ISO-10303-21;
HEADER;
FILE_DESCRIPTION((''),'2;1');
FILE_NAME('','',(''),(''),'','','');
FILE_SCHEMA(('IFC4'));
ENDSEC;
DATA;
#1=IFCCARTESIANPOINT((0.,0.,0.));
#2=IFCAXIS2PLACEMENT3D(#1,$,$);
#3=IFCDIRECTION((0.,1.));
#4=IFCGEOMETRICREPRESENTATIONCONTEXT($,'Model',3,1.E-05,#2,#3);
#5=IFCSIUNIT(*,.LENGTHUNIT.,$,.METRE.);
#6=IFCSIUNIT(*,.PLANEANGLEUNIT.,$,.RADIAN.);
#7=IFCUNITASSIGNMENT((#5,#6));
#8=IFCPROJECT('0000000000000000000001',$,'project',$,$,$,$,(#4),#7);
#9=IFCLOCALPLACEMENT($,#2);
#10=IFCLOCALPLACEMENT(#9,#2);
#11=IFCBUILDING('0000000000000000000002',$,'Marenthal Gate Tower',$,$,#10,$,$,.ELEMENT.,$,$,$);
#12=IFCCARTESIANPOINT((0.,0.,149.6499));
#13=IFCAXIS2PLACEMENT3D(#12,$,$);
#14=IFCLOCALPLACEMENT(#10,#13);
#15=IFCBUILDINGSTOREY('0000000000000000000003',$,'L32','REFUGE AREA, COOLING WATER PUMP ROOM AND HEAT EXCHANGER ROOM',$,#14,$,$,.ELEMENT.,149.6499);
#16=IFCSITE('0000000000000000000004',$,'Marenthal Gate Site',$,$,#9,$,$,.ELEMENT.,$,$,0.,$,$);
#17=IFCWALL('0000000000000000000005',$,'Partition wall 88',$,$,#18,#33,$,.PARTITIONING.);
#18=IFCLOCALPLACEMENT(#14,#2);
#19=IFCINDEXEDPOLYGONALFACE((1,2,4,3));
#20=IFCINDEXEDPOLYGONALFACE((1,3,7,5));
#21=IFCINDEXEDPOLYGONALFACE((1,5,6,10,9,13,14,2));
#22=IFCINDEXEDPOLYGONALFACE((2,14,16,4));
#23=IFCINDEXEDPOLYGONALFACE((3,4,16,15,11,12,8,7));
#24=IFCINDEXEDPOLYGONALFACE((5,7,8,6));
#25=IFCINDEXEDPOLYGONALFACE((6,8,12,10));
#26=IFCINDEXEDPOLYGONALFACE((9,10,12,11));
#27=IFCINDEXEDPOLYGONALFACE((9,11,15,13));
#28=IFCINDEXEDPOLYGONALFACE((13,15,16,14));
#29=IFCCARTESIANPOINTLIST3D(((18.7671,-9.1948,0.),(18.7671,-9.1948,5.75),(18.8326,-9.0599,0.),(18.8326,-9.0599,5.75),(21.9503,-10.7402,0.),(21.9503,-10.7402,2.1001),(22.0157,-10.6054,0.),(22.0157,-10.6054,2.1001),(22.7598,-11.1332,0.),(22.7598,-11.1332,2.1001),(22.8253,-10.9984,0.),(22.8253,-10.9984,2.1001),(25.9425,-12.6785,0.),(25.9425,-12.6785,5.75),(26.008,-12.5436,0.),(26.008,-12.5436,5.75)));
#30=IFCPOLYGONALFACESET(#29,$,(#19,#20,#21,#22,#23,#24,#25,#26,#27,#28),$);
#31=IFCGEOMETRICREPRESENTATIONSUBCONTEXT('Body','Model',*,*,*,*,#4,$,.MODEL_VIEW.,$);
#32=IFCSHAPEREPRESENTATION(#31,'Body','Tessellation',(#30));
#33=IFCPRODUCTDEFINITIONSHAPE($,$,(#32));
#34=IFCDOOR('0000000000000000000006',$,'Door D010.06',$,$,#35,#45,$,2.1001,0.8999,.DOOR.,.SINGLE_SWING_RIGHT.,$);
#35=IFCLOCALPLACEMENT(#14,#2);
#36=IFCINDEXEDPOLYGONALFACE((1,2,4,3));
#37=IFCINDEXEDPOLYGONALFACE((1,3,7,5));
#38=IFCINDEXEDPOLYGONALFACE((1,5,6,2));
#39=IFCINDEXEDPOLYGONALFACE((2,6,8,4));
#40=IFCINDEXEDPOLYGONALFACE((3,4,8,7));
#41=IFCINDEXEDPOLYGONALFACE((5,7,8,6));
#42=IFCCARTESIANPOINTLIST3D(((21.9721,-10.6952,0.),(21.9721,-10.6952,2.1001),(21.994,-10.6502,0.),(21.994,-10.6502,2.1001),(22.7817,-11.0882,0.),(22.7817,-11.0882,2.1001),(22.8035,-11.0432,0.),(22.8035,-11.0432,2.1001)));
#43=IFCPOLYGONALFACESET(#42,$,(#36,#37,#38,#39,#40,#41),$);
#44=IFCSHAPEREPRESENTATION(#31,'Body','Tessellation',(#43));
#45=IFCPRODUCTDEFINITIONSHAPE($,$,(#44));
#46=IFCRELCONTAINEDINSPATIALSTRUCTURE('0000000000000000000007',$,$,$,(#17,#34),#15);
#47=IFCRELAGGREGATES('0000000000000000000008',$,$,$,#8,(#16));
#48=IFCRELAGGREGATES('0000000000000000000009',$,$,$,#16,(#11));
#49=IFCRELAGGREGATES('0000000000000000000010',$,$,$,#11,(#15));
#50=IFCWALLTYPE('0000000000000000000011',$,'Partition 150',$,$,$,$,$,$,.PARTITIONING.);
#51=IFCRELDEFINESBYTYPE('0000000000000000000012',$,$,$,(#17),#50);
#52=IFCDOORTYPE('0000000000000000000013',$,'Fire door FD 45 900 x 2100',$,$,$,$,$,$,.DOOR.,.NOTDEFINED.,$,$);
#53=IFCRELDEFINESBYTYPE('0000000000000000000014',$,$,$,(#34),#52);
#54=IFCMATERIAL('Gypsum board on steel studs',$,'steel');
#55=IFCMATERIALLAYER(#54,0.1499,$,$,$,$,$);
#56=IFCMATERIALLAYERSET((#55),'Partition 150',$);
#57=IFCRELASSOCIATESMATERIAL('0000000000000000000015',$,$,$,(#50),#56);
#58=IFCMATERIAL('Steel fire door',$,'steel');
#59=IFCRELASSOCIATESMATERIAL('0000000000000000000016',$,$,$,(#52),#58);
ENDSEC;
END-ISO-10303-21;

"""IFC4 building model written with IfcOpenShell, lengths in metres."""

from ifc_helpers import new_model, si_unit, direction, frame, frame_2d, origin, place, context, subcontext, project, spatial, rectangle, extrude, material, layer, layer_set, type_object, element, fill, save


model = new_model("IFC4")

# Units and contexts
model_context = context("Model", 3, precision=1e-05, world=origin(), true_north=direction((0.0, 1.0)))
body_context = subcontext(model_context, "Body", "Model", "MODEL_VIEW")
ifc_project = project(units=[si_unit("LENGTHUNIT", "METRE"), si_unit("PLANEANGLEUNIT", "RADIAN")], contexts=[model_context])

# Site, building, storey
site_placement = place(None, origin())
site = spatial("IfcSite", under=ifc_project, at=site_placement, Name="Marenthal Gate Site", CompositionType="ELEMENT", RefElevation=0.0)
building_placement = place(site_placement, origin())
building = spatial("IfcBuilding", under=site, at=building_placement, Name="Marenthal Gate Tower", CompositionType="ELEMENT")
storey_placement = place(building_placement, frame((0.0, 0.0, 149.6499)))
storey = spatial("IfcBuildingStorey", under=building, at=storey_placement, Name="L32", Description="REFUGE AREA, COOLING WATER PUMP ROOM AND HEAT EXCHANGER ROOM", CompositionType="ELEMENT", Elevation=149.6499)

# Shared definitions
ifc_material_1 = material(Name="Gypsum board on steel studs", Category="steel")
ifc_layer_1 = layer(ifc_material_1, 0.1499)
ifc_layer_set_1 = layer_set([ifc_layer_1], Name="Partition 150")
wall_type_1 = type_object("IfcWallType", Name="Partition 150", PredefinedType="PARTITIONING", material=ifc_layer_set_1)

# Wall, opening, door
wall_1_placement = place(storey_placement, frame((25.9753, -12.6111, 0.0), z_axis=(0.0, 0.0, 1.0), x_axis=(-0.899582, 0.436752, 0.0)))
wall_1 = element("IfcWall", 1, at=wall_1_placement, inside=storey, type_object=wall_type_1, Name="Partition wall 88", PredefinedType="PARTITIONING", context=body_context, shape_type="SweptSolid", body=[
    extrude(rectangle(XDim=7.9763, YDim=0.1499, at=frame_2d((3.9883, 0.0))), origin(), (0.0, 0.0, 1.0), 5.75),
])
opening_1_placement = place(wall_1_placement, frame((3.5381, 0.0, 0.0)))
opening_1 = element("IfcOpeningElement", 2, at=opening_1_placement, cuts=wall_1, PredefinedType="OPENING", context=body_context, shape_type="SweptSolid", body=[
    extrude(rectangle(XDim=0.8999, YDim=2.1001, at=frame_2d((0.45, 1.05))), frame((0.0, 0.085, 0.0), z_axis=(0.0, -1.0, 0.0), x_axis=(1.0, 0.0, 0.0)), (0.0, 0.0, 1.0), 0.1699),
])
ifc_material_2 = material(Name="Steel fire door", Category="steel")
door_type_1 = type_object("IfcDoorType", Name="Fire door FD 45 900 x 2100", OperationType="NOTDEFINED", PredefinedType="DOOR", material=ifc_material_2)
door_1_placement = place(opening_1_placement, origin())
door_1 = element("IfcDoor", 3, at=door_1_placement, inside=storey, type_object=door_type_1, Name="Door D010.06", OperationType="SINGLE_SWING_RIGHT", OverallHeight=2.1001, OverallWidth=0.8999, PredefinedType="DOOR", context=body_context, shape_type="SweptSolid", body=[
    extrude(rectangle(XDim=0.8999, YDim=2.1001, at=frame_2d((0.45, 1.05))), frame((0.0, 0.0249, 0.0), z_axis=(0.0, -1.0, 0.0), x_axis=(1.0, 0.0, 0.0)), (0.0, 0.0, 1.0), 0.05),
])
fill(opening_1, door_1)

save(model, "model.ifc")
